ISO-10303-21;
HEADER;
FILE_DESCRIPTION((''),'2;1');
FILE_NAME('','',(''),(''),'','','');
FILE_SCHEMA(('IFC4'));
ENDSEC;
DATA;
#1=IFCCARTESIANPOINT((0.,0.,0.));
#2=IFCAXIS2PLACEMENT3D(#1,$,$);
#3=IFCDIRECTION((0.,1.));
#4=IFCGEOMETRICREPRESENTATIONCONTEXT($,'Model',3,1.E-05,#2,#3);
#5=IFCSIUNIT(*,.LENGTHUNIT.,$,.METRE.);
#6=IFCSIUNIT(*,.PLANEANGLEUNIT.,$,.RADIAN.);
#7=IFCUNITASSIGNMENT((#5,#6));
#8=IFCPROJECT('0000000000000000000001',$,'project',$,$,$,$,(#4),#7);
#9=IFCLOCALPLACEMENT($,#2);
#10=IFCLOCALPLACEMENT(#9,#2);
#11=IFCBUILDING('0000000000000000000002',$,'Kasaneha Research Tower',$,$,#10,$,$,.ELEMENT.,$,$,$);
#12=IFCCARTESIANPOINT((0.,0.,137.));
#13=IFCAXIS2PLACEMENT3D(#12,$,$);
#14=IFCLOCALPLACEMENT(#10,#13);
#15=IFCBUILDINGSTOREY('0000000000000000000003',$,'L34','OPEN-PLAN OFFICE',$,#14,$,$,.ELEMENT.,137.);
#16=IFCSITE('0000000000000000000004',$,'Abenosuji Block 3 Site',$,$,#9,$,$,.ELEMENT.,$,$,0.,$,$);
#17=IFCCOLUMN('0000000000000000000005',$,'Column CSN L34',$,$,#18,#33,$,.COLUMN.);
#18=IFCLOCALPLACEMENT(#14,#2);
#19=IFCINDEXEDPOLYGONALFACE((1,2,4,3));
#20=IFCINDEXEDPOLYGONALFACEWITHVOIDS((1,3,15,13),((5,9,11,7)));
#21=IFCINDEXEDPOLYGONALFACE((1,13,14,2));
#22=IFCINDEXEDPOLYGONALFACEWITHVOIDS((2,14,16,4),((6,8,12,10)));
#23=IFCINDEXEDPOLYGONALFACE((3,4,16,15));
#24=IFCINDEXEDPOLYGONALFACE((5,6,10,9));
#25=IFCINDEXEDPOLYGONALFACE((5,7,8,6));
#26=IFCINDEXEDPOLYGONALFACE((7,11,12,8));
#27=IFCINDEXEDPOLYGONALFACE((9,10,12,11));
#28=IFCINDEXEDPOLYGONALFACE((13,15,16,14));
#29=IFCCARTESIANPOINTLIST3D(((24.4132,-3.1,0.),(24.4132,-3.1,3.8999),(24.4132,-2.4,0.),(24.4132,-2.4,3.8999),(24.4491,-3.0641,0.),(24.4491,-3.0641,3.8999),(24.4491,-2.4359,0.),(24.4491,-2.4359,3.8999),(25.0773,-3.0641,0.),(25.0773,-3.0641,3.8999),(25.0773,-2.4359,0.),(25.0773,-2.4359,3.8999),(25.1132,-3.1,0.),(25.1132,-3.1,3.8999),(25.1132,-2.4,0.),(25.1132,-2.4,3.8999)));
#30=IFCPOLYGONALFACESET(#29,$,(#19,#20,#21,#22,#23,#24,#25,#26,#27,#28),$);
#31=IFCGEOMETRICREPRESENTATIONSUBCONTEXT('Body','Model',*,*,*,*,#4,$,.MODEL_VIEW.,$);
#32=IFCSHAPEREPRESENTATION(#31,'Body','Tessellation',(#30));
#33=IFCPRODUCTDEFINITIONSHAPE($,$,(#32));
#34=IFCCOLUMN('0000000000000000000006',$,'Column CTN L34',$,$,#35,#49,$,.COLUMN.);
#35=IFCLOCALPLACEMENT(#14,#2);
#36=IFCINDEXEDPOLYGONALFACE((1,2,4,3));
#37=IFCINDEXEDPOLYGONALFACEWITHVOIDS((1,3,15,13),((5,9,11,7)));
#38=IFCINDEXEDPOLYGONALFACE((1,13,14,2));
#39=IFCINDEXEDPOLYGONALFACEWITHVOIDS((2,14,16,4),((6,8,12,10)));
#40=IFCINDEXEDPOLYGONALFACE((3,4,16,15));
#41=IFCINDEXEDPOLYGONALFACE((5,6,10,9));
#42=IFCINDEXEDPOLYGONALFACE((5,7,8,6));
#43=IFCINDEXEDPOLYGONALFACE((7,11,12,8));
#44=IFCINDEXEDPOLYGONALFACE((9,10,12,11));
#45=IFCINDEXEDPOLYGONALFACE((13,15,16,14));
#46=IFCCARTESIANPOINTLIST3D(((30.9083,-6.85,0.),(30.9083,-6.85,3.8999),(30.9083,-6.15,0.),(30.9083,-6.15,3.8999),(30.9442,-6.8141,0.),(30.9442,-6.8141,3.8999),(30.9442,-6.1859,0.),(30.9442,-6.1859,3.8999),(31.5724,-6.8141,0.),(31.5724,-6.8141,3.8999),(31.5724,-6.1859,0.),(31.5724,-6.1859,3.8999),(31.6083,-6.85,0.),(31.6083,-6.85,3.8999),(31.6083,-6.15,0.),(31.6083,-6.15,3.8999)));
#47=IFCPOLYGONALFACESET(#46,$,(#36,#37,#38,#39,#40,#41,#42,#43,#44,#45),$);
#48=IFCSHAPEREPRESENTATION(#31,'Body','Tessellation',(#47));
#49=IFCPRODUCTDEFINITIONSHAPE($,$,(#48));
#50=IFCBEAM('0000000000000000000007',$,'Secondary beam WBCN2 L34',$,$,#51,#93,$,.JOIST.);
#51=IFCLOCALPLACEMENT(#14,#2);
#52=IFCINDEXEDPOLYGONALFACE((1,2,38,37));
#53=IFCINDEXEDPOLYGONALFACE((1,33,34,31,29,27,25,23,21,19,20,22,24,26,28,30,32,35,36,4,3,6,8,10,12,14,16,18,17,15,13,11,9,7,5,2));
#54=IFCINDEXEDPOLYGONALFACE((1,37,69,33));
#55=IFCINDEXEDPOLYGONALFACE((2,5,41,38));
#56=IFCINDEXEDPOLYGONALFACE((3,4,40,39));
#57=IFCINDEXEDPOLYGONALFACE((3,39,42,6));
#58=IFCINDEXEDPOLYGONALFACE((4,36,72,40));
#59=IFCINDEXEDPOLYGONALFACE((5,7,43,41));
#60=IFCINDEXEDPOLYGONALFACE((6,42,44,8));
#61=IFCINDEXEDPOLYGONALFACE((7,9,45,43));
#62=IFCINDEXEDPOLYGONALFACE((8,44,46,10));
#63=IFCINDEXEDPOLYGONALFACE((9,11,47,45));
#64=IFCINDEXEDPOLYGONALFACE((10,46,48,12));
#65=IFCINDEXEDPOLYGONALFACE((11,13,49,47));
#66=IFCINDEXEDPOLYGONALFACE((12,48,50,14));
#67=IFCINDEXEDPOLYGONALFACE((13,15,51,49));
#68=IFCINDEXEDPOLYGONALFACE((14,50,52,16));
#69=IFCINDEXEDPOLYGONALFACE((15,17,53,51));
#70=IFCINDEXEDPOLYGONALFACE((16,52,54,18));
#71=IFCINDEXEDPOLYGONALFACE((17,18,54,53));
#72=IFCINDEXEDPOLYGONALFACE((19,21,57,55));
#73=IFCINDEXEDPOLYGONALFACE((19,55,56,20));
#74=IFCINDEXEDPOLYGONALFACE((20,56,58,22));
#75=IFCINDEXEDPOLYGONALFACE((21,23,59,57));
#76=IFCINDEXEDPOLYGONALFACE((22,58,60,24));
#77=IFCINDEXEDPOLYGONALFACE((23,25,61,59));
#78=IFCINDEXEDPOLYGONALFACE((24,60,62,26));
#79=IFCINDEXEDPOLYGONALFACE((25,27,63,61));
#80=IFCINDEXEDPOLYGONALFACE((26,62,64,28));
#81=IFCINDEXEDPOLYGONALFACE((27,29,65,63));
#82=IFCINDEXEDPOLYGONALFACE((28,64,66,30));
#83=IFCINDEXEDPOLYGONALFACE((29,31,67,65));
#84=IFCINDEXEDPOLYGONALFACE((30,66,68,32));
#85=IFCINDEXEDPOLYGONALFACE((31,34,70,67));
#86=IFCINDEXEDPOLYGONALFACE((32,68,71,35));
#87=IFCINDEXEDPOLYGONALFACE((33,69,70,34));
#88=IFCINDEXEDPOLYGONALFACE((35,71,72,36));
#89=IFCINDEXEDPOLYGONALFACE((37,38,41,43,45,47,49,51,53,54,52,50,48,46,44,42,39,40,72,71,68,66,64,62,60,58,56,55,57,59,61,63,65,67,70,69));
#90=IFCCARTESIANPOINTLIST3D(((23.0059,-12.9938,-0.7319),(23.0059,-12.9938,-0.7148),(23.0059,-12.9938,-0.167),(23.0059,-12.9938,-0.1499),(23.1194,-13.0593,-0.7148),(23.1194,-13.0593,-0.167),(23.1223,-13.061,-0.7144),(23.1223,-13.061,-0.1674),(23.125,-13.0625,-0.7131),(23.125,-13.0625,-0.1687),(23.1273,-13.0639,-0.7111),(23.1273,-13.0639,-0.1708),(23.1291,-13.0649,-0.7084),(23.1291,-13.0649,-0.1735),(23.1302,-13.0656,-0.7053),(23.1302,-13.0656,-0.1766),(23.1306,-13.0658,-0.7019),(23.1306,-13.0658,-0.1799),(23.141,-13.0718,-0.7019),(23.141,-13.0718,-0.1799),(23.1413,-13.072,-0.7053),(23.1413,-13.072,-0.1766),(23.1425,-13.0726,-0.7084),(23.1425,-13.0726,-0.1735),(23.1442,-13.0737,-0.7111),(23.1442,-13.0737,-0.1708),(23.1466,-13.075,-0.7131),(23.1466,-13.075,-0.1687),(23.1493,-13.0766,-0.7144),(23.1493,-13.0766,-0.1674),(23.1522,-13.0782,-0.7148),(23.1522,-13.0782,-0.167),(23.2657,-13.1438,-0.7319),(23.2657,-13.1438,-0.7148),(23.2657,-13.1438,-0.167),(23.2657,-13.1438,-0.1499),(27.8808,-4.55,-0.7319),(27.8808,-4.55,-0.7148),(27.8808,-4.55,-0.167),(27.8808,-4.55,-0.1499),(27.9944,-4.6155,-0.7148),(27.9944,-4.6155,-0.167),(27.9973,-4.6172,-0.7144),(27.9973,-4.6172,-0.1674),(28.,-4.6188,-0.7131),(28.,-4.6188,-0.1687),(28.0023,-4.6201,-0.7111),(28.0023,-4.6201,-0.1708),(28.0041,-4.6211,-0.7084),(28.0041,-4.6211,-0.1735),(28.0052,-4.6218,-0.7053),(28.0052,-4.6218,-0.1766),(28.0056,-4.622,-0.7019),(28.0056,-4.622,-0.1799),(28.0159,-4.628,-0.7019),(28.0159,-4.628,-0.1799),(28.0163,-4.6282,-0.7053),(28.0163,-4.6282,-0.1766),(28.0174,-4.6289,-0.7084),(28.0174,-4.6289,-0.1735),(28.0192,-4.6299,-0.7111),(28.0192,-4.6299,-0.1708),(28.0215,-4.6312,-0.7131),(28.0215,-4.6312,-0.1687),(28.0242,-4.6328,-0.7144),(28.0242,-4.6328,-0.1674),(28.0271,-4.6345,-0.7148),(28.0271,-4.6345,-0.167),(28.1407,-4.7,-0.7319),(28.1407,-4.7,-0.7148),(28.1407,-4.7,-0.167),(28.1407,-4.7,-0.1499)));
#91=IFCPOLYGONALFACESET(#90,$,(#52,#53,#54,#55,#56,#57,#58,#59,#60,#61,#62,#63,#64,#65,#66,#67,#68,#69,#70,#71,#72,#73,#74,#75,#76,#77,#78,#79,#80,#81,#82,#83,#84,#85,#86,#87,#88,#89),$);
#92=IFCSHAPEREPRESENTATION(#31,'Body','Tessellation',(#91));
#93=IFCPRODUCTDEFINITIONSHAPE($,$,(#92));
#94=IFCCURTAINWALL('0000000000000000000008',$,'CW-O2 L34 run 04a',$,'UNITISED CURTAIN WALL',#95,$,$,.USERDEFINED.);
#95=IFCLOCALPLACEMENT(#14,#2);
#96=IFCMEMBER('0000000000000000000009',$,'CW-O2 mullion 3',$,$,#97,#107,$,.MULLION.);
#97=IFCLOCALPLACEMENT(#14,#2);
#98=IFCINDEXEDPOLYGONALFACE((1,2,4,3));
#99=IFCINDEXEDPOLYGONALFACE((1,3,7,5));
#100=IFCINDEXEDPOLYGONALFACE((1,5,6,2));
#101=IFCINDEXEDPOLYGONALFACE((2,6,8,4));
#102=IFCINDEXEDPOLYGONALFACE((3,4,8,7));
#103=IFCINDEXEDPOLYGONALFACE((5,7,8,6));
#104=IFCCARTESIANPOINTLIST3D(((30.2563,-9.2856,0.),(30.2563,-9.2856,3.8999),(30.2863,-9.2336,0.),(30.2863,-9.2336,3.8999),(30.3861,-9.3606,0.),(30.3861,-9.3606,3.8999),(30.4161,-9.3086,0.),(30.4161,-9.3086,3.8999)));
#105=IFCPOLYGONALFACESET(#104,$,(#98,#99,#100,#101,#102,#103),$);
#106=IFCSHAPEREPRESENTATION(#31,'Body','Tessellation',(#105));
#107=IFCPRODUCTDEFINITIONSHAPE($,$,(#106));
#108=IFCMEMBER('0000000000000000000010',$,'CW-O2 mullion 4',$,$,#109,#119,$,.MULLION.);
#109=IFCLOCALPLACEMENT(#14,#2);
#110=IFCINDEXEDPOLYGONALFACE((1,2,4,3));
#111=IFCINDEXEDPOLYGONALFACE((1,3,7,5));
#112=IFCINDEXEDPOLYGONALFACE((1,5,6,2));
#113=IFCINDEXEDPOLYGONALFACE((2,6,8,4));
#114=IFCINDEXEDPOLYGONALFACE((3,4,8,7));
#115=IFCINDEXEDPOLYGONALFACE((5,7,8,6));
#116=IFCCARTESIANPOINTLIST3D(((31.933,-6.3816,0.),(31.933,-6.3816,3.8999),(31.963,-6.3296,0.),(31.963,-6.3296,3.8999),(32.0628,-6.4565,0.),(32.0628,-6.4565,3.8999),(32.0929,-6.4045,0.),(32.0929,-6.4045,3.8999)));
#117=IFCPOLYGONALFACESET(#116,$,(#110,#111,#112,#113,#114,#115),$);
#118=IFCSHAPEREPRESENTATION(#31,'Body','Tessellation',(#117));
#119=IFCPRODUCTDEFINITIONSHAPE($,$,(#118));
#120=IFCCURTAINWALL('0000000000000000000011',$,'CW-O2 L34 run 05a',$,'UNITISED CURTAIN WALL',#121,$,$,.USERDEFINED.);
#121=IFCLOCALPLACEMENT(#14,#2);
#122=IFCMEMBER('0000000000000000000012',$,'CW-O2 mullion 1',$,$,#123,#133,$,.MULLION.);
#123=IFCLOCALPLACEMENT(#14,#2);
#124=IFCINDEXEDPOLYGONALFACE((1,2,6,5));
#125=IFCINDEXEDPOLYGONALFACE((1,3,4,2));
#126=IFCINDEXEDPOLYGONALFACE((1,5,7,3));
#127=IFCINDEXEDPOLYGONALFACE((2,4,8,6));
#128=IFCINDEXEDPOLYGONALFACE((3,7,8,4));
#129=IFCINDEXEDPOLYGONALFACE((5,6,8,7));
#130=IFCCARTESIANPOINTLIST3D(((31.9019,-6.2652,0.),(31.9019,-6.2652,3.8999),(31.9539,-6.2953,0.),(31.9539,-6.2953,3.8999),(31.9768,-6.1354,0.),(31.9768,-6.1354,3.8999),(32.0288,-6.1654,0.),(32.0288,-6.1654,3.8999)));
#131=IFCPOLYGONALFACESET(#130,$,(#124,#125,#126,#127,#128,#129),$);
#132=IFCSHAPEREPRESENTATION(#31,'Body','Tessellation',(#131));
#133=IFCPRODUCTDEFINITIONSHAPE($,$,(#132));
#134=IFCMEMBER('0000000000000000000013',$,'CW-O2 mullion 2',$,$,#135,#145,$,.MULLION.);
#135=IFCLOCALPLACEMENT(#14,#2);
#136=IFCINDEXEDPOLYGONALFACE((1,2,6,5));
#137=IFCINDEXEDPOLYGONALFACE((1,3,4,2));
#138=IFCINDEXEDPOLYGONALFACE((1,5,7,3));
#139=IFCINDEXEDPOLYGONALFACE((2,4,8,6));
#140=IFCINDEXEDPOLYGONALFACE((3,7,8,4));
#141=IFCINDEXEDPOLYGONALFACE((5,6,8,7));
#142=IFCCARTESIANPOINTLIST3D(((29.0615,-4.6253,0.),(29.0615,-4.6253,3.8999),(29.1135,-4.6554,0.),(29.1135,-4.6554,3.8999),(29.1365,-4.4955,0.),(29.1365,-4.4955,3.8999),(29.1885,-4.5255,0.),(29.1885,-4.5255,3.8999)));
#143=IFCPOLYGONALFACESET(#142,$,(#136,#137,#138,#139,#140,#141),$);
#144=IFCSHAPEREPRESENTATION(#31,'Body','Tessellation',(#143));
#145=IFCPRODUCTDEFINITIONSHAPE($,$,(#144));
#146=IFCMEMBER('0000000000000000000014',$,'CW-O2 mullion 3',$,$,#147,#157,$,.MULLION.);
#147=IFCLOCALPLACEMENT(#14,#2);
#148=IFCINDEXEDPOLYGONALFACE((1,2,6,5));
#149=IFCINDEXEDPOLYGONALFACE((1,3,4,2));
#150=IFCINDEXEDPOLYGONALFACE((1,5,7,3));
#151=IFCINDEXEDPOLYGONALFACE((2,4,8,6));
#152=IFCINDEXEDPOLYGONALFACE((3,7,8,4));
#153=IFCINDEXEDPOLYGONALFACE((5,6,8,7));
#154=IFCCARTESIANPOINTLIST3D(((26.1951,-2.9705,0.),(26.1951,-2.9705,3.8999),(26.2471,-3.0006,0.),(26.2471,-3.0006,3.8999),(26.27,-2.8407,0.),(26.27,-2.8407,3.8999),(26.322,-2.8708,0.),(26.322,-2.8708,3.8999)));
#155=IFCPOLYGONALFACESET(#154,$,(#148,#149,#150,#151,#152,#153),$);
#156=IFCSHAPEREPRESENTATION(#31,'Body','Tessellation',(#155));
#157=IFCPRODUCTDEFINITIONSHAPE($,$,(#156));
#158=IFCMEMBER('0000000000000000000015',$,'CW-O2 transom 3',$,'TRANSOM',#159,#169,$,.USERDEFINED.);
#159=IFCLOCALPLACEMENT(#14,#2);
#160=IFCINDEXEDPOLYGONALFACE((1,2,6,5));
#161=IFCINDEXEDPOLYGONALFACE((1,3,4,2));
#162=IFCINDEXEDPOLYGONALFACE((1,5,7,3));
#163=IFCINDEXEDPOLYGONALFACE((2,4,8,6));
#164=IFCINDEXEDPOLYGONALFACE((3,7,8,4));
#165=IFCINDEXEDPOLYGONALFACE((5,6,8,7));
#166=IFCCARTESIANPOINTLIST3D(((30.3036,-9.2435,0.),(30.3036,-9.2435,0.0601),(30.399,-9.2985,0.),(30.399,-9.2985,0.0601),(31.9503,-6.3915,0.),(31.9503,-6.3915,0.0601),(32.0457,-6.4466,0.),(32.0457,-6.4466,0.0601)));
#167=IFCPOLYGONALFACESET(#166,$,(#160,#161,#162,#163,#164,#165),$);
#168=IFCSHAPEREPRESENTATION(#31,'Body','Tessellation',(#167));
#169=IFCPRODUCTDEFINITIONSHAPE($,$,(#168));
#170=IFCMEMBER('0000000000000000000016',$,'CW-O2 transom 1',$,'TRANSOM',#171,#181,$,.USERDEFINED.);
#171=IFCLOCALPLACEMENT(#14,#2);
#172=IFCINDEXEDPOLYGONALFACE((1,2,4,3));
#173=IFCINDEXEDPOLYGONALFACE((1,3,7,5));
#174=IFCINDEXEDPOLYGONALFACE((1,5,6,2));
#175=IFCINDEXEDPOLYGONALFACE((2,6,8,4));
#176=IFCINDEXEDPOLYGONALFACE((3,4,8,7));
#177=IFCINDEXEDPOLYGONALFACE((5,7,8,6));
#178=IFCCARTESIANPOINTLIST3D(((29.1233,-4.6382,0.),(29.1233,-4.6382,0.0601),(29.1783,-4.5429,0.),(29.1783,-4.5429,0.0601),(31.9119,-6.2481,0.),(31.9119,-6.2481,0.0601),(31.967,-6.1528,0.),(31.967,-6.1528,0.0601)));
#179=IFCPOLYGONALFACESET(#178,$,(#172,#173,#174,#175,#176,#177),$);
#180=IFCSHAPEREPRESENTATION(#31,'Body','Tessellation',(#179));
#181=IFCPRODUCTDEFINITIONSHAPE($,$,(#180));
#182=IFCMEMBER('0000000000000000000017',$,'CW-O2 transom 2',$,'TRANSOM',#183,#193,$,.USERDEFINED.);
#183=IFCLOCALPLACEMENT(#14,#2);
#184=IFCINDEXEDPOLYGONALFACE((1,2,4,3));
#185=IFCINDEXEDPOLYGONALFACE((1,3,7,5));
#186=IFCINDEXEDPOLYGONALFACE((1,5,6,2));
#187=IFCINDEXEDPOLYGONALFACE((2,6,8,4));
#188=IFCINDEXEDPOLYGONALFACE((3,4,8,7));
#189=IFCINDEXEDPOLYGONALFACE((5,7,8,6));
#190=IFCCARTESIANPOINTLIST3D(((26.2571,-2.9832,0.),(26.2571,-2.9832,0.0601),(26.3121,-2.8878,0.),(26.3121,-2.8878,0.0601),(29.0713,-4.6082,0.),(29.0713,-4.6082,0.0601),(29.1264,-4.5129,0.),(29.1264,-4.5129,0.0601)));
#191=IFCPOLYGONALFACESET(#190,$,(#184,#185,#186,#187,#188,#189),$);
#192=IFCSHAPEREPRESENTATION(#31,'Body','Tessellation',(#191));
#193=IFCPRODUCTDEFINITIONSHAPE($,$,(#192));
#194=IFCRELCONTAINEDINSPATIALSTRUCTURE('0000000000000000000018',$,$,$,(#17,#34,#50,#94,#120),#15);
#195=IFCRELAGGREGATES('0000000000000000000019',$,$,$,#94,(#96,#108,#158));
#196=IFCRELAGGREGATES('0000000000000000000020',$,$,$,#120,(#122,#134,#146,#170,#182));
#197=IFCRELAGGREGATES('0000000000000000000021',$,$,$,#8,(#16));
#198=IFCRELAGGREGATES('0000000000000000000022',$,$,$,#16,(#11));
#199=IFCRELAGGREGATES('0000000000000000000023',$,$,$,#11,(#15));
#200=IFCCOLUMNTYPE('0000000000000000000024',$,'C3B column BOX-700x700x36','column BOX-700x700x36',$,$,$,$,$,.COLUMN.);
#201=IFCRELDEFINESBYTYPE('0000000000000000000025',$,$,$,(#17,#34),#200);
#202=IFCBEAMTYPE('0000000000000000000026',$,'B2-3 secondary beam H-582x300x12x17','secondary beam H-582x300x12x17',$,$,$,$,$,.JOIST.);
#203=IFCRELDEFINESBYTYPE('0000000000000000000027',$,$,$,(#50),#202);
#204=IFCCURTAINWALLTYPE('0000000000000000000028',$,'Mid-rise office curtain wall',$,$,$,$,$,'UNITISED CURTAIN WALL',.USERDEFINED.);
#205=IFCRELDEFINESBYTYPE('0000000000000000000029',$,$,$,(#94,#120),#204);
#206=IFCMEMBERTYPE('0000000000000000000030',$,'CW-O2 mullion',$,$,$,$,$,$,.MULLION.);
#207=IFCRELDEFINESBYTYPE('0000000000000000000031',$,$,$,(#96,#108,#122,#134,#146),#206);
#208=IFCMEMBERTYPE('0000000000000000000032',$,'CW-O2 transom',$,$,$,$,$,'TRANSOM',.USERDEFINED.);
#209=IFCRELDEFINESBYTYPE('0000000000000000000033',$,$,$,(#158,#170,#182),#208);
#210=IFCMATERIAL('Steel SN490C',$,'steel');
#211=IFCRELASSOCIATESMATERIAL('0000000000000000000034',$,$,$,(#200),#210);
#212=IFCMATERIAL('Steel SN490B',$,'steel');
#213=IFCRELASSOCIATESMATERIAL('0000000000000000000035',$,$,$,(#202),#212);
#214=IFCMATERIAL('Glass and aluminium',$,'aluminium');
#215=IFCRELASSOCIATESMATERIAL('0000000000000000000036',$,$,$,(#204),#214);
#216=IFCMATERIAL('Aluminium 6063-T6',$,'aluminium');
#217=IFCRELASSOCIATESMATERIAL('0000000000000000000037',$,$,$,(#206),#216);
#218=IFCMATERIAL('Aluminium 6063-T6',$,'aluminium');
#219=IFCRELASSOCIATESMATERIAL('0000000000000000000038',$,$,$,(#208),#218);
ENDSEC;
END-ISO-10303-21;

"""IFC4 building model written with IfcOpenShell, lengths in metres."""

from ifc_helpers import new_model, si_unit, direction, frame, origin, origin_2d, place, context, subcontext, project, spatial, rectangle, hollow_rectangle, i_section, extrude, material, material_profile, profile_set, type_object, element, aggregate, save


model = new_model("IFC4")

# Units and contexts
model_context = context("Model", 3, precision=1e-05, world=origin(), true_north=direction((0.0, 1.0)))
body_context = subcontext(model_context, "Body", "Model", "MODEL_VIEW")
ifc_project = project(units=[si_unit("LENGTHUNIT", "METRE"), si_unit("PLANEANGLEUNIT", "RADIAN")], contexts=[model_context])

# Site, building, storey
site_placement = place(None, origin())
site = spatial("IfcSite", under=ifc_project, at=site_placement, Name="Abenosuji Block 3 Site", CompositionType="ELEMENT", RefElevation=0.0)
building_placement = place(site_placement, origin())
building = spatial("IfcBuilding", under=site, at=building_placement, Name="Kasaneha Research Tower", CompositionType="ELEMENT")
storey_placement = place(building_placement, frame((0.0, 0.0, 137.0)))
storey = spatial("IfcBuildingStorey", under=building, at=storey_placement, Name="L34", Description="OPEN-PLAN OFFICE", CompositionType="ELEMENT", Elevation=137.0)

# Columns
ifc_material_1 = material(Name="Steel SN490C", Category="steel")
ifc_material_profile_1 = material_profile(ifc_material_1, hollow_rectangle(XDim=0.7, YDim=0.7, WallThickness=0.0359, at=origin_2d()), Name="BOX-700x700x36")
ifc_profile_set_1 = profile_set([ifc_material_profile_1], Name="Steel SN490C")
column_type = type_object("IfcColumnType", Name="C3B column BOX-700x700x36", Description="column BOX-700x700x36", PredefinedType="COLUMN", material=ifc_profile_set_1)
for number, where, z_axis, x_axis, name in (
    (1, (24.7632, -2.75, 0.0), (0.0, 0.0, 1.0), (1.0, 0.0, 0.0), "Column CSN L34"),
    (2, (31.2583, -6.5, 0.0), (0.0, 0.0, 1.0), (1.0, 0.0, 0.0), "Column CTN L34"),
):
    element("IfcColumn", number, at=place(storey_placement, frame(where, z_axis=z_axis, x_axis=x_axis)), inside=storey, type_object=column_type, Name=name, PredefinedType="COLUMN", context=body_context, shape_type="SweptSolid", body=[
        extrude(hollow_rectangle(XDim=0.7, YDim=0.7, WallThickness=0.0359, at=origin_2d()), origin(), (0.0, 0.0, 1.0), 3.8999),
    ])

# Beam
ifc_material_2 = material(Name="Steel SN490B", Category="steel")
ifc_material_profile_2 = material_profile(ifc_material_2, i_section(OverallWidth=0.3, OverallDepth=0.582, WebThickness=0.012, FlangeThickness=0.0171, FilletRadius=0.0129, at=origin_2d()), Name="H-582x300x12x17")
ifc_profile_set_2 = profile_set([ifc_material_profile_2], Name="Steel SN490B")
beam_type_1 = type_object("IfcBeamType", Name="B2-3 secondary beam H-582x300x12x17", Description="secondary beam H-582x300x12x17", PredefinedType="JOIST", material=ifc_profile_set_2)
beam_1_placement = place(storey_placement, frame((28.0107, -4.625, -0.4409), z_axis=(-0.499996, -0.866028, 0.0), x_axis=(0.866028, -0.499996, 0.0)))
element("IfcBeam", 3, at=beam_1_placement, inside=storey, type_object=beam_type_1, Name="Secondary beam WBCN2 L34", PredefinedType="JOIST", context=body_context, shape_type="SweptSolid", body=[
    extrude(i_section(OverallWidth=0.3, OverallDepth=0.582, WebThickness=0.012, FlangeThickness=0.0171, FilletRadius=0.0129, at=origin_2d()), origin(), (0.0, 0.0, 1.0), 9.75),
])

# Curtain walls, members
ifc_material_3 = material(Name="Glass and aluminium", Category="aluminium")
curtain_wall_type = type_object("IfcCurtainWallType", Name="Mid-rise office curtain wall", ElementType="UNITISED CURTAIN WALL", PredefinedType="USERDEFINED", material=ifc_material_3)
curtain_wall_1_placement = place(storey_placement, origin())
curtain_wall_1 = element("IfcCurtainWall", 4, at=curtain_wall_1_placement, inside=storey, type_object=curtain_wall_type, Name="CW-O2 L34 run 04a", ObjectType="UNITISED CURTAIN WALL", PredefinedType="USERDEFINED")
ifc_material_4 = material(Name="Aluminium 6063-T6", Category="aluminium")
ifc_material_profile_3 = material_profile(ifc_material_4, rectangle(XDim=0.0601, YDim=0.1499, at=origin_2d()), Name="CW-O2 mullion 60x150")
ifc_profile_set_3 = profile_set([ifc_material_profile_3], Name="Aluminium 6063-T6")
member_type_1 = type_object("IfcMemberType", Name="CW-O2 mullion", PredefinedType="MULLION", material=ifc_profile_set_3)
member_1_placement = place(storey_placement, frame((30.3362, -9.2971, 0.0), z_axis=(0.0, 0.0, 1.0), x_axis=(0.5, 0.866025, 0.0)))
member_1 = element("IfcMember", 5, at=member_1_placement, type_object=member_type_1, Name="CW-O2 mullion 3", PredefinedType="MULLION", context=body_context, shape_type="SweptSolid", body=[
    extrude(rectangle(XDim=0.0601, YDim=0.1499, at=origin_2d()), origin(), (0.0, 0.0, 1.0), 3.8999),
])
member_2_placement = place(storey_placement, frame((32.0129, -6.3931, 0.0), z_axis=(0.0, 0.0, 1.0), x_axis=(0.5, 0.866025, 0.0)))
member_2 = element("IfcMember", 6, at=member_2_placement, type_object=member_type_1, Name="CW-O2 mullion 4", PredefinedType="MULLION", context=body_context, shape_type="SweptSolid", body=[
    extrude(rectangle(XDim=0.0601, YDim=0.1499, at=origin_2d()), origin(), (0.0, 0.0, 1.0), 3.8999),
])
curtain_wall_2_placement = place(storey_placement, origin())
curtain_wall_2 = element("IfcCurtainWall", 7, at=curtain_wall_2_placement, inside=storey, type_object=curtain_wall_type, Name="CW-O2 L34 run 05a", ObjectType="UNITISED CURTAIN WALL", PredefinedType="USERDEFINED")
member_3_placement = place(storey_placement, frame((31.9653, -6.2153, 0.0), z_axis=(0.0, 0.0, 1.0), x_axis=(-0.866025, 0.5, 0.0)))
member_3 = element("IfcMember", 8, at=member_3_placement, type_object=member_type_1, Name="CW-O2 mullion 1", PredefinedType="MULLION", context=body_context, shape_type="SweptSolid", body=[
    extrude(rectangle(XDim=0.0601, YDim=0.1499, at=origin_2d()), origin(), (0.0, 0.0, 1.0), 3.8999),
])
member_4_placement = place(storey_placement, frame((29.125, -4.5754, 0.0), z_axis=(0.0, 0.0, 1.0), x_axis=(-0.866025, 0.5, 0.0)))
member_4 = element("IfcMember", 9, at=member_4_placement, type_object=member_type_1, Name="CW-O2 mullion 2", PredefinedType="MULLION", context=body_context, shape_type="SweptSolid", body=[
    extrude(rectangle(XDim=0.0601, YDim=0.1499, at=origin_2d()), origin(), (0.0, 0.0, 1.0), 3.8999),
])
member_5_placement = place(storey_placement, frame((26.2585, -2.9207, 0.0), z_axis=(0.0, 0.0, 1.0), x_axis=(-0.866025, 0.5, 0.0)))
member_5 = element("IfcMember", 10, at=member_5_placement, type_object=member_type_1, Name="CW-O2 mullion 3", PredefinedType="MULLION", context=body_context, shape_type="SweptSolid", body=[
    extrude(rectangle(XDim=0.0601, YDim=0.1499, at=origin_2d()), origin(), (0.0, 0.0, 1.0), 3.8999),
])

# Members
ifc_material_5 = material(Name="Aluminium 6063-T6", Category="aluminium")
ifc_material_profile_4 = material_profile(ifc_material_5, rectangle(XDim=0.1101, YDim=0.0601, at=origin_2d()), Name="CW-O2 transom 110x60")
ifc_profile_set_4 = profile_set([ifc_material_profile_4], Name="Aluminium 6063-T6")
member_type_2 = type_object("IfcMemberType", Name="CW-O2 transom", ElementType="TRANSOM", PredefinedType="USERDEFINED", material=ifc_profile_set_4)
member_6_placement = place(storey_placement, frame((30.3513, -9.271, 0.03), z_axis=(0.500022, 0.866013, 0.0), x_axis=(-0.866013, 0.500022, 0.0)))
member_6 = element("IfcMember", 11, at=member_6_placement, type_object=member_type_2, Name="CW-O2 transom 3", ObjectType="TRANSOM", PredefinedType="USERDEFINED", context=body_context, shape_type="SweptSolid", body=[
    extrude(rectangle(XDim=0.1101, YDim=0.0601, at=origin_2d()), origin(), (0.0, 0.0, 1.0), 3.2932),
])
member_7_placement = place(storey_placement, frame((31.9395, -6.2004, 0.03), z_axis=(-0.866042, 0.499972, 0.0), x_axis=(-0.499972, -0.866042, 0.0)))
member_7 = element("IfcMember", 12, at=member_7_placement, type_object=member_type_2, Name="CW-O2 transom 1", ObjectType="TRANSOM", PredefinedType="USERDEFINED", context=body_context, shape_type="SweptSolid", body=[
    extrude(rectangle(XDim=0.1101, YDim=0.0601, at=origin_2d()), origin(), (0.0, 0.0, 1.0), 3.22),
])
member_8_placement = place(storey_placement, frame((29.0989, -4.5605, 0.03), z_axis=(-0.865997, 0.50005, 0.0), x_axis=(-0.50005, -0.865997, 0.0)))
member_8 = element("IfcMember", 13, at=member_8_placement, type_object=member_type_2, Name="CW-O2 transom 2", ObjectType="TRANSOM", PredefinedType="USERDEFINED", context=body_context, shape_type="SweptSolid", body=[
    extrude(rectangle(XDim=0.1101, YDim=0.0601, at=origin_2d()), origin(), (0.0, 0.0, 1.0), 3.2498),
])

aggregate(curtain_wall_1, [member_1, member_2, member_6])
aggregate(curtain_wall_2, [member_3, member_4, member_5, member_7, member_8])

save(model, "model.ifc")
